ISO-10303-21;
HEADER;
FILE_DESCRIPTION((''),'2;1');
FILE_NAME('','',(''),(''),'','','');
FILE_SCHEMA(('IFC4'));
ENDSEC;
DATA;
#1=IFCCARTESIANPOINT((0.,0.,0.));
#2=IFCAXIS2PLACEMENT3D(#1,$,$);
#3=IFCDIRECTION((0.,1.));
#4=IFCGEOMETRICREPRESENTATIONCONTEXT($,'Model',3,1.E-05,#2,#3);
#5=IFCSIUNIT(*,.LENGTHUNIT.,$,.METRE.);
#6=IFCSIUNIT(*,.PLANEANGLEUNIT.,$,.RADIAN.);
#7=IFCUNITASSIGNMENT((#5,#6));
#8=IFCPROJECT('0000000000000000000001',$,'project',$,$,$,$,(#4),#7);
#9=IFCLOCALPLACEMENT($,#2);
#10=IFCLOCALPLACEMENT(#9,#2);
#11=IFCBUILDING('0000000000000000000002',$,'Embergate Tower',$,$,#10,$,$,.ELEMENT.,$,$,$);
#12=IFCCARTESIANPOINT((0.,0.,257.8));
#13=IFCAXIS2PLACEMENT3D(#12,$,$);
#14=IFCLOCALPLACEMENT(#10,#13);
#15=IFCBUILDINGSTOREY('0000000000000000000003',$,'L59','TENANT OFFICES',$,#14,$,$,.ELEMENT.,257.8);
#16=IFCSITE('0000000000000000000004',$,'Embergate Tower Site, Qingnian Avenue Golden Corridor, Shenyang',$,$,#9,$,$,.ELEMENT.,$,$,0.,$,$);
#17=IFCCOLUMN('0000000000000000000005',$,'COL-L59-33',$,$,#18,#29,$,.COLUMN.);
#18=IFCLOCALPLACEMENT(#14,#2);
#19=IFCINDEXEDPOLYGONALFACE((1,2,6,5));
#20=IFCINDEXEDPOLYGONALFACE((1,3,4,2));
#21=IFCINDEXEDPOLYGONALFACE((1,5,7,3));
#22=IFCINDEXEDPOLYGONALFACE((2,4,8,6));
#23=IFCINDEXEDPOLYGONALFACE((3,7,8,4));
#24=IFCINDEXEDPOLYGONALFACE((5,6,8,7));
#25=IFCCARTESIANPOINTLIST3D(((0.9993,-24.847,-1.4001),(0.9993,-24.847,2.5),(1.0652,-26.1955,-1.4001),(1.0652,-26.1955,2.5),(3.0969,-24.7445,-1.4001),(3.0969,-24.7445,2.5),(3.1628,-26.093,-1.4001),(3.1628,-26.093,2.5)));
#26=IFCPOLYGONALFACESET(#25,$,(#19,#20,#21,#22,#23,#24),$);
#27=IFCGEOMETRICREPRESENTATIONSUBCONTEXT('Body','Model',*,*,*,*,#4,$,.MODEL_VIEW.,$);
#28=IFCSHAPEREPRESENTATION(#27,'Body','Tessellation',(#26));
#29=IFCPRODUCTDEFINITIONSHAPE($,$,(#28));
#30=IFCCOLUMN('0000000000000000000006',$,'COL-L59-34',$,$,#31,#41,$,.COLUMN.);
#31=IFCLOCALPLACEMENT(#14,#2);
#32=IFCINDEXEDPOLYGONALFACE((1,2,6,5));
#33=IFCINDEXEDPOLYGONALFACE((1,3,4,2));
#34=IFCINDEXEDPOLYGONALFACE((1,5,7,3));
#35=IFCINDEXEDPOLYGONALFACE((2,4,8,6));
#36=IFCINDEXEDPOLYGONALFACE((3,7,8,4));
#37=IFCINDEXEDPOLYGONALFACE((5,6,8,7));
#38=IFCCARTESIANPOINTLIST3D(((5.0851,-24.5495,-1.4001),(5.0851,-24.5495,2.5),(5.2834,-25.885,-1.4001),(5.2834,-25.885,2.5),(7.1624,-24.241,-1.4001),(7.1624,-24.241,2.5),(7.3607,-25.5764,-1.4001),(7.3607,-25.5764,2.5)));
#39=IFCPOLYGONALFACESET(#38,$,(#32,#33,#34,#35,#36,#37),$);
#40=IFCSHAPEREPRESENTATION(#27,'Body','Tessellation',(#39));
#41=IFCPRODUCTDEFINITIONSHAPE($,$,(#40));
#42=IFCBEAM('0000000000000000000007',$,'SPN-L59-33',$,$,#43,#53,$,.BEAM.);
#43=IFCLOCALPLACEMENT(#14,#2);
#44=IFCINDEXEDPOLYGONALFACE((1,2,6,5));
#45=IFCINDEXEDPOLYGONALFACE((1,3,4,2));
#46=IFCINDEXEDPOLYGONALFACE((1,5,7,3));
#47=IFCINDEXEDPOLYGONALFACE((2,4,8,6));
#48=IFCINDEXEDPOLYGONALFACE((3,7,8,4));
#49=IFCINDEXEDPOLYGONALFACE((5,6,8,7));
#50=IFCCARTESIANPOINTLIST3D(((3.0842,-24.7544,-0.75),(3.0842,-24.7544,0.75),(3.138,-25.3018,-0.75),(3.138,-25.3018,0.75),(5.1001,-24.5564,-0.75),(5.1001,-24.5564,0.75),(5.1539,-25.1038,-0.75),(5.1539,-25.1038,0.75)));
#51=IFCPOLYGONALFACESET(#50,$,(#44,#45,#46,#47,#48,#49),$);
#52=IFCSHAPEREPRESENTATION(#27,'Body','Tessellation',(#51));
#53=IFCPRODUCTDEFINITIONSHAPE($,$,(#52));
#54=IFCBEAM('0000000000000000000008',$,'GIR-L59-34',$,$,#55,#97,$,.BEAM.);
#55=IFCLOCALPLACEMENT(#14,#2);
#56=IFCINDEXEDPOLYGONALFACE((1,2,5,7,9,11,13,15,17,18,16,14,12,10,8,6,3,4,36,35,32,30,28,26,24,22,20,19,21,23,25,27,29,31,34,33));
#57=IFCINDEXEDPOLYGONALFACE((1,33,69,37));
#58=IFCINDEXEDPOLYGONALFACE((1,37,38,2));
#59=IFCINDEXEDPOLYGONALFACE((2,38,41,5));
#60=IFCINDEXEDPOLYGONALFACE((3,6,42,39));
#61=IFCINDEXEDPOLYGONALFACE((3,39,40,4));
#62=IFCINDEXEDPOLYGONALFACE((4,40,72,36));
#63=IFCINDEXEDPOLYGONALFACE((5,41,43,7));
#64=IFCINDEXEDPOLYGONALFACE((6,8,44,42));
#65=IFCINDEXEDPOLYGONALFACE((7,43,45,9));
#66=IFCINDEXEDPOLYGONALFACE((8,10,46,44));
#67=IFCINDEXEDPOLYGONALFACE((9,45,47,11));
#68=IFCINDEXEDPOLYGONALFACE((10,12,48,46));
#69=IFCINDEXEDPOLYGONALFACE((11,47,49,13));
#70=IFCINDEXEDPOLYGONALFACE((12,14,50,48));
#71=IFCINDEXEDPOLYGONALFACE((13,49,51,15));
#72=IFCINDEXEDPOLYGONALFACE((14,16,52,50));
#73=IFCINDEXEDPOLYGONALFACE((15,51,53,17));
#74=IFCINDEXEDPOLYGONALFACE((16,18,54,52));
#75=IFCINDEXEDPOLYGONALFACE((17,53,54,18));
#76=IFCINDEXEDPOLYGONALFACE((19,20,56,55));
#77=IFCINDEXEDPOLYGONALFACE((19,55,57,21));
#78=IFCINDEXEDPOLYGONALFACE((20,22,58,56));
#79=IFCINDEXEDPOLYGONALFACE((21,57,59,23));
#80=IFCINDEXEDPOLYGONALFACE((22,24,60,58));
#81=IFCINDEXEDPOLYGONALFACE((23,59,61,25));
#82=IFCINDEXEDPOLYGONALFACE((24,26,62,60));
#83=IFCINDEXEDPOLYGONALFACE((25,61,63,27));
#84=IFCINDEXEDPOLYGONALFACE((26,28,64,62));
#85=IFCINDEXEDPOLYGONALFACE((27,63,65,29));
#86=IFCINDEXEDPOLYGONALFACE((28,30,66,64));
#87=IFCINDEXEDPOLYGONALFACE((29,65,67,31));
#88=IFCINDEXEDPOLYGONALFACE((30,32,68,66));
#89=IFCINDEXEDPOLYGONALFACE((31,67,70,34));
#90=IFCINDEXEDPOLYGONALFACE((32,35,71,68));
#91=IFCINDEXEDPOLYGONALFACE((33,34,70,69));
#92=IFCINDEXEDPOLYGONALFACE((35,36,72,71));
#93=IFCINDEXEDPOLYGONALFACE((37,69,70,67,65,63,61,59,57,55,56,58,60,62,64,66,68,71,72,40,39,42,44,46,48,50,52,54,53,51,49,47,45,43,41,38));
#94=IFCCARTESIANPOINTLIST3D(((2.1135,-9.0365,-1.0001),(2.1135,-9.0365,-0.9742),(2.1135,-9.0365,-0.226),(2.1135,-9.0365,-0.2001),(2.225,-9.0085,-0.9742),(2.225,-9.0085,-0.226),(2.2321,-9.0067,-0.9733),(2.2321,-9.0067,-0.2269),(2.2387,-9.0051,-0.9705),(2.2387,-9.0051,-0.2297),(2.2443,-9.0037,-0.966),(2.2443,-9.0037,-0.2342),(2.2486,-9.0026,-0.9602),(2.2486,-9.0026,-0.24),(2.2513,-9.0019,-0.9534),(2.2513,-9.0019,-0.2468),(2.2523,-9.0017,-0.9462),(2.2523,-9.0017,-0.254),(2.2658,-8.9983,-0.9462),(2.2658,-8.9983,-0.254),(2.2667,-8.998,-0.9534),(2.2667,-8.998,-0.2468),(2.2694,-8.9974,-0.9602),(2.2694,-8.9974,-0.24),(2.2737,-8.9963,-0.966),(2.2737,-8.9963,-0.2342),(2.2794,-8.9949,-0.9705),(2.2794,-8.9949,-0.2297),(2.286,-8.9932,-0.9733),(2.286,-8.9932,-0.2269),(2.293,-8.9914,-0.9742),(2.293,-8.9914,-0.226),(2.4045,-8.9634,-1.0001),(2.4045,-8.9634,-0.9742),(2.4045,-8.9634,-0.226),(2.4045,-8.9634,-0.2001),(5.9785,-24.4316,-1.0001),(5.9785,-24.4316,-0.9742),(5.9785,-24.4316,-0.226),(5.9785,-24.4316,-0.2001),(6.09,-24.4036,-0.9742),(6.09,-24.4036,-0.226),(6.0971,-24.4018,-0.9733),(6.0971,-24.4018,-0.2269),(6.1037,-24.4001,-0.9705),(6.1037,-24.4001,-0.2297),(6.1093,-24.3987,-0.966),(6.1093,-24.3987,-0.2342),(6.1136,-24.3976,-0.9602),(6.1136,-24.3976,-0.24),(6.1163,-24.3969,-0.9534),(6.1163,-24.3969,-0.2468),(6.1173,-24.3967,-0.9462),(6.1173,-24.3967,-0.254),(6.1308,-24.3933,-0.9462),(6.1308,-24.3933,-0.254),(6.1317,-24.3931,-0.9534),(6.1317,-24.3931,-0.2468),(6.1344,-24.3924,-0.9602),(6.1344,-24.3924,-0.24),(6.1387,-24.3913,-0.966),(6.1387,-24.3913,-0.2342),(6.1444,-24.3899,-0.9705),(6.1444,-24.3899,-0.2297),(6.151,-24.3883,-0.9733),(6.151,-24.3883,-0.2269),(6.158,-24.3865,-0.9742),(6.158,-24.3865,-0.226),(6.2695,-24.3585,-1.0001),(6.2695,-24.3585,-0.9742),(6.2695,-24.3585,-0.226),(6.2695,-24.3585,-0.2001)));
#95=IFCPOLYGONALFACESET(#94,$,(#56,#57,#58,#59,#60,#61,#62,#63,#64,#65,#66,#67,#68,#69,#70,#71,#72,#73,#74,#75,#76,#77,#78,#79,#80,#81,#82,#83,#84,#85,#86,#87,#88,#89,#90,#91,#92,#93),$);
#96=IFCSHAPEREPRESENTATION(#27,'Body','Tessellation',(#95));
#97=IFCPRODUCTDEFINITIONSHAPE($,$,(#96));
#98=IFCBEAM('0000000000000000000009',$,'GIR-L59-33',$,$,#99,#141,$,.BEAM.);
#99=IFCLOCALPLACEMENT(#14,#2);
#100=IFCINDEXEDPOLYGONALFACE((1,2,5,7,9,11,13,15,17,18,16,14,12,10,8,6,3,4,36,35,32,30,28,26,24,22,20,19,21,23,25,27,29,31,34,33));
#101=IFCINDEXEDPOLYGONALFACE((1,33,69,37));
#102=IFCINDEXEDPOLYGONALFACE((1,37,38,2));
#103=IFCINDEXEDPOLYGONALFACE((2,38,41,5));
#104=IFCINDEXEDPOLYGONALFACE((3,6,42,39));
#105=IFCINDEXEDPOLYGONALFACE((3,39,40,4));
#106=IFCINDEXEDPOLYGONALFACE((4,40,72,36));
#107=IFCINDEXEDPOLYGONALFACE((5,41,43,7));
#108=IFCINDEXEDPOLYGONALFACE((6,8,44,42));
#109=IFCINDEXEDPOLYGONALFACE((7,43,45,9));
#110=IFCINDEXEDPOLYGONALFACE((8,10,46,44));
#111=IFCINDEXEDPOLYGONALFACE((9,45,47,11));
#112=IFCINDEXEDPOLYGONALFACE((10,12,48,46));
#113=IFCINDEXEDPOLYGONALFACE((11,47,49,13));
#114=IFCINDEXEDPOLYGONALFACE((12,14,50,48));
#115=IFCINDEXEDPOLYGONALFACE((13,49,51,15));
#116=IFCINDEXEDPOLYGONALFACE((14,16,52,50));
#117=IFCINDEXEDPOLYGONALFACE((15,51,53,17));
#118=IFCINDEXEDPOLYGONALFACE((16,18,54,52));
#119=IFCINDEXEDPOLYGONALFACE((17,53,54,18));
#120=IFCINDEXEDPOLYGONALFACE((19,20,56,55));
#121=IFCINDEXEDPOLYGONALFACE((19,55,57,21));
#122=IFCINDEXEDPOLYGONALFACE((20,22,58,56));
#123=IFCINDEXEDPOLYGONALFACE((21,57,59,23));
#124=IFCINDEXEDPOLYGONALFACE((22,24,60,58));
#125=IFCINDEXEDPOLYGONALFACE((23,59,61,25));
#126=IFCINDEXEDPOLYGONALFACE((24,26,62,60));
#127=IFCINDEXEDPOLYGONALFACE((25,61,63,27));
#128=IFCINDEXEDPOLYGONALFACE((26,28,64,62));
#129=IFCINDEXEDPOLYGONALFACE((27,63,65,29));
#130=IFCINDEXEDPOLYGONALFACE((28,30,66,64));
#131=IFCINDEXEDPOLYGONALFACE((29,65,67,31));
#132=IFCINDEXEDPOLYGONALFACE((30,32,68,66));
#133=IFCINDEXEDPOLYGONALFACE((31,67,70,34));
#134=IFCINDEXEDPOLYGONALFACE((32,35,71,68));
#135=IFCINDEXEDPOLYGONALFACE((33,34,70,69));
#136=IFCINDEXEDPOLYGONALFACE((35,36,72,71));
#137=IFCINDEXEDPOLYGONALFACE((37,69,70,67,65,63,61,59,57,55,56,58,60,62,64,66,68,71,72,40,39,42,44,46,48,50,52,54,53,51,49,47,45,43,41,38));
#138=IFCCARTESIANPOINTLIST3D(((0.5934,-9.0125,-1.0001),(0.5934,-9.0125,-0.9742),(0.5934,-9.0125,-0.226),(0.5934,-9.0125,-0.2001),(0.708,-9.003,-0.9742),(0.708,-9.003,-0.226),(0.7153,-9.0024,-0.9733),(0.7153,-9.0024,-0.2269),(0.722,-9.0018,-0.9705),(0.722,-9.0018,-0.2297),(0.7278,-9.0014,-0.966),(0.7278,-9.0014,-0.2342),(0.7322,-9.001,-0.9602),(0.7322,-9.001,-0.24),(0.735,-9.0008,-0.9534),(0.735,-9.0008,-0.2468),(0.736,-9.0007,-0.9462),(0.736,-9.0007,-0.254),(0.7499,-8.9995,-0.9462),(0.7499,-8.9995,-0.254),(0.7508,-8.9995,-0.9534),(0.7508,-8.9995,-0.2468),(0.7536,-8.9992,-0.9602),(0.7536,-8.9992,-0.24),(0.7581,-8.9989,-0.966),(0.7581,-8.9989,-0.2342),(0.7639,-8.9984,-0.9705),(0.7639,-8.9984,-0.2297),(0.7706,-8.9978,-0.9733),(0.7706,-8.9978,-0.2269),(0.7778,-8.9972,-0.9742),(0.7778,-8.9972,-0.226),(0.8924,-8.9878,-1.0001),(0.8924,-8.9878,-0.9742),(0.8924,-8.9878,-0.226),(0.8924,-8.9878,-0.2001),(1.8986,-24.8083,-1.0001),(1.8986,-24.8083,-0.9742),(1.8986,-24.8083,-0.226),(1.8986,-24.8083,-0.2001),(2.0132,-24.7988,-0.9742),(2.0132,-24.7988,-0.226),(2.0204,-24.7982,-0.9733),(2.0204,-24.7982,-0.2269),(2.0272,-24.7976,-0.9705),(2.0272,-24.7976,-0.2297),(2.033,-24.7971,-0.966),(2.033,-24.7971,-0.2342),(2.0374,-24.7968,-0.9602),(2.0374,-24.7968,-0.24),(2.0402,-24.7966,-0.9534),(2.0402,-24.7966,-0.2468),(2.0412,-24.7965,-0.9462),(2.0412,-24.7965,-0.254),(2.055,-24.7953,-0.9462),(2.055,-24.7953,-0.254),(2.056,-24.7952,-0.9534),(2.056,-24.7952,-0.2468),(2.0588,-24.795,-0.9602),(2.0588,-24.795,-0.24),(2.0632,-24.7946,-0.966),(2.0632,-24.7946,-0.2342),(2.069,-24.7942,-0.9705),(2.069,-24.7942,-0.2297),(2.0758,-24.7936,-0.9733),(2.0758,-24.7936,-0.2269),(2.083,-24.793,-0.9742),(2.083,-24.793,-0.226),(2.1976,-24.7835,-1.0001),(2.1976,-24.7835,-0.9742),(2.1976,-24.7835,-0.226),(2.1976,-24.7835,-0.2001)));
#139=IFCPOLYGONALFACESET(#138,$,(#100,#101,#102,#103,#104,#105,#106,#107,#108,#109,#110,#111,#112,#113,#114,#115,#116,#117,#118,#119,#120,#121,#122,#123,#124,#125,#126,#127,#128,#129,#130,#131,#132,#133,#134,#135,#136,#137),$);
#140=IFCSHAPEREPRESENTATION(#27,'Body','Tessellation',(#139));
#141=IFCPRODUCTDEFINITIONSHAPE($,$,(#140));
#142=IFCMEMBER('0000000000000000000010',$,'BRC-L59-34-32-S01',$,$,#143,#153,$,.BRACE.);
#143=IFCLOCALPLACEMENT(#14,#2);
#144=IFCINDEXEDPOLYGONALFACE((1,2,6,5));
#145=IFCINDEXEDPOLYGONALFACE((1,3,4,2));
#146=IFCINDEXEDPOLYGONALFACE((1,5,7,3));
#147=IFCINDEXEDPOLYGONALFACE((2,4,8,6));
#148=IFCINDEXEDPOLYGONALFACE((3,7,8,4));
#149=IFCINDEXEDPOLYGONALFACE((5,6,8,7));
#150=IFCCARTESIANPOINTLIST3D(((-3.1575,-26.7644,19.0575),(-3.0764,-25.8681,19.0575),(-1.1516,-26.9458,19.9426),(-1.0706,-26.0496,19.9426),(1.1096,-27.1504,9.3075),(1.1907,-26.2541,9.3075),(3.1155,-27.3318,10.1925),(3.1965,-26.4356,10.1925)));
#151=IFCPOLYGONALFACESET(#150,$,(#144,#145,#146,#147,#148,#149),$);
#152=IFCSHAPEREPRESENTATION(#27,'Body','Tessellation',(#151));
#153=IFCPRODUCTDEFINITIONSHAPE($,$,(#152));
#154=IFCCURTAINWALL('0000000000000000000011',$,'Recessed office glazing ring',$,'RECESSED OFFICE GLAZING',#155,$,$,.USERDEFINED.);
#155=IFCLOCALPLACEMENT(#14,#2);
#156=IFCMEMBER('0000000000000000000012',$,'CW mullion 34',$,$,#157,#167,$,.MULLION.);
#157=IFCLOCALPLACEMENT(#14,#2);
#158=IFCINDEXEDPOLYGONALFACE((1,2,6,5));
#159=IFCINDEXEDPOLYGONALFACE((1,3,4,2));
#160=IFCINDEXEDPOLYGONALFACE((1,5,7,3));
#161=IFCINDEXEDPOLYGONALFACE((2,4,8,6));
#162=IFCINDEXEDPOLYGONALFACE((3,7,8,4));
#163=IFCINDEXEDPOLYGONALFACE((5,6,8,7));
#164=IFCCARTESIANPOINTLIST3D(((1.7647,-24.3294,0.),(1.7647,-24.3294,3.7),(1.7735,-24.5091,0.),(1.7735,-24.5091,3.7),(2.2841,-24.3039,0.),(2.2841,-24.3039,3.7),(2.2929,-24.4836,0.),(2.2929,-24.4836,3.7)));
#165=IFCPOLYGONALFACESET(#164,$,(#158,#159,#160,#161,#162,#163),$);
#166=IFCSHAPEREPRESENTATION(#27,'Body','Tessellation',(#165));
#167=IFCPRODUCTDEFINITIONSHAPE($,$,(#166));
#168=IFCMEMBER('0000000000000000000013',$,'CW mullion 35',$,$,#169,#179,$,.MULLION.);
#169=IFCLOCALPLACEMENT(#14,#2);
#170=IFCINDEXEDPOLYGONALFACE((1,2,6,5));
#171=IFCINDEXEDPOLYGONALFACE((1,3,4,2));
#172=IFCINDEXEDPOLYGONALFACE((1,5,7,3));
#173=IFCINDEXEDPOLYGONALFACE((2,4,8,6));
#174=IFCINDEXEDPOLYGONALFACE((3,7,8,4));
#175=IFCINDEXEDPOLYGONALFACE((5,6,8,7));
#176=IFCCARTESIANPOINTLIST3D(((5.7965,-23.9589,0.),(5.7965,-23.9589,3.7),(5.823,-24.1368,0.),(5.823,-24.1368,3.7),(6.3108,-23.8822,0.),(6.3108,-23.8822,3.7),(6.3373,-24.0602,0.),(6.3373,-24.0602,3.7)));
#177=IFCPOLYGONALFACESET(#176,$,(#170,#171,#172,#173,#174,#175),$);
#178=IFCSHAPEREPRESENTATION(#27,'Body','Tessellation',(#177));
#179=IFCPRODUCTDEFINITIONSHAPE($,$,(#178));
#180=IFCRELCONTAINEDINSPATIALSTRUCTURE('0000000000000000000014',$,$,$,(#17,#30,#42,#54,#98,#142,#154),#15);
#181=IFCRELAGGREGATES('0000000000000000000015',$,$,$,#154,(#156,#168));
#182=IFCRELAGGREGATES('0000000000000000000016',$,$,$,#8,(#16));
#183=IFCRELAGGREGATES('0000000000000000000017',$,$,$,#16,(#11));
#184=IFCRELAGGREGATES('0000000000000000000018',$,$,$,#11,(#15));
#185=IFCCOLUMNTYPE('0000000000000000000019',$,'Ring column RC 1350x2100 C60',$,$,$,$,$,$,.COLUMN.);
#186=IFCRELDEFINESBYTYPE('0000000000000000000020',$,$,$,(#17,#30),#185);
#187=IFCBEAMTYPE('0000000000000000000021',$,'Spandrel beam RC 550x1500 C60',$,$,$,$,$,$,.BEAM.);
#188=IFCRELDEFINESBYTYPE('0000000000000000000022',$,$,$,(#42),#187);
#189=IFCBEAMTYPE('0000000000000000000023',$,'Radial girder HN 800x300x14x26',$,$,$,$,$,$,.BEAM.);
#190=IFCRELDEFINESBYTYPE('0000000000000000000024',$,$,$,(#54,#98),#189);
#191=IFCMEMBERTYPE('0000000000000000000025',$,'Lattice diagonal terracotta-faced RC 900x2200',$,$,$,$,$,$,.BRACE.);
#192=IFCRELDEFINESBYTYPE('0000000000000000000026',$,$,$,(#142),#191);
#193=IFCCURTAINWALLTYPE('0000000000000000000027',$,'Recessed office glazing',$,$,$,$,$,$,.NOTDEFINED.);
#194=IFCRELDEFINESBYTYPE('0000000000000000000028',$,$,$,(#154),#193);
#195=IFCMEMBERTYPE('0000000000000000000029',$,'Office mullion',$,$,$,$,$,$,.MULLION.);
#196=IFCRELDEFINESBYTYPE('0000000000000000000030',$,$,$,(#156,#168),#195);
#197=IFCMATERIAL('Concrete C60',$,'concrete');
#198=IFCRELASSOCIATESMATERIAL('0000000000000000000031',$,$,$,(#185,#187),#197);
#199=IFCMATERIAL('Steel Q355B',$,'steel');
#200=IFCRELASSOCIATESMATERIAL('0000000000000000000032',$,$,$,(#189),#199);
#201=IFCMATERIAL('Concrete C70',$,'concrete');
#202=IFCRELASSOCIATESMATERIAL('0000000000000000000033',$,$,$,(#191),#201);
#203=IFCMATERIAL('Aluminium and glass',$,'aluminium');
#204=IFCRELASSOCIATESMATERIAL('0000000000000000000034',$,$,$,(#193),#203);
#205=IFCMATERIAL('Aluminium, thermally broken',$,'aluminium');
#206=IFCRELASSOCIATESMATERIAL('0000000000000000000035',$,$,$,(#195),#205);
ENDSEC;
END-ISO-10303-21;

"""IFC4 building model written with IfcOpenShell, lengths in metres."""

from ifc_helpers import new_model, si_unit, direction, frame, origin, origin_2d, place, context, subcontext, project, spatial, rectangle, i_section, extrude, source, transform, mapped, material, material_profile, profile_set, type_object, element, aggregate, save


model = new_model("IFC4")

# Units and contexts
model_context = context("Model", 3, precision=1e-05, world=origin(), true_north=direction((0.0, 1.0)))
body_context = subcontext(model_context, "Body", "Model", "MODEL_VIEW")
ifc_project = project(units=[si_unit("LENGTHUNIT", "METRE"), si_unit("PLANEANGLEUNIT", "RADIAN")], contexts=[model_context])

# Site, building, storey
site_placement = place(None, origin())
site = spatial("IfcSite", under=ifc_project, at=site_placement, Name="Embergate Tower Site, Qingnian Avenue Golden Corridor, Shenyang", CompositionType="ELEMENT", RefElevation=0.0)
building_placement = place(site_placement, origin())
building = spatial("IfcBuilding", under=site, at=building_placement, Name="Embergate Tower", CompositionType="ELEMENT")
storey_placement = place(building_placement, frame((0.0, 0.0, 257.8)))
storey = spatial("IfcBuildingStorey", under=building, at=storey_placement, Name="L59", Description="TENANT OFFICES", CompositionType="ELEMENT", Elevation=257.8)

# Columns
ifc_material_1 = material(Name="Concrete C60", Category="concrete")
ifc_material_profile_1 = material_profile(ifc_material_1, rectangle(XDim=1.3501, YDim=2.1001, at=origin_2d()), Name="RC 1350x2100")
ifc_profile_set_1 = profile_set([ifc_material_profile_1], Name="Concrete C60")
column_type = type_object("IfcColumnType", Name="Ring column RC 1350x2100 C60", PredefinedType="COLUMN", material=ifc_profile_set_1)
shared_shape_1 = source(origin(), body_context, "Body", "SweptSolid", [
    extrude(rectangle(XDim=1.3501, YDim=2.1001, at=origin_2d()), origin(), (0.0, 0.0, 1.0), 3.9001),
])
for number, where, z_axis, x_axis, name in (
    (1, (2.0811, -25.47, -1.4001), (0.0, 0.0, 1.0), (0.048815, -0.998808, 0.0), "COL-L59-33"),
    (2, (6.2229, -25.063, -1.4001), (0.0, 0.0, 1.0), (0.146929, -0.989147, 0.0), "COL-L59-34"),
):
    element("IfcColumn", number, at=place(storey_placement, frame(where, z_axis=z_axis, x_axis=x_axis)), inside=storey, type_object=column_type, Name=name, PredefinedType="COLUMN", context=body_context, shape_type="MappedRepresentation", body=[
        mapped(shared_shape_1, transform((0.0, 0.0, 0.0))),
    ])

# Beams
ifc_material_profile_2 = material_profile(ifc_material_1, rectangle(XDim=0.55, YDim=1.5, at=origin_2d()), Name="RC 550x1500")
ifc_profile_set_2 = profile_set([ifc_material_profile_2], Name="Concrete C60")
beam_type_1 = type_object("IfcBeamType", Name="Spandrel beam RC 550x1500 C60", PredefinedType="BEAM", material=ifc_profile_set_2)
shared_shape_2 = source(origin(), body_context, "Body", "SweptSolid", [
    extrude(rectangle(XDim=0.55, YDim=1.5, at=origin_2d()), origin(), (0.0, 0.0, 1.0), 2.0256),
])
beam_1_placement = place(storey_placement, frame((3.1111, -25.0281, 0.0), z_axis=(0.995211, 0.097749, 0.0), x_axis=(-0.097749, 0.995211, 0.0)))
element("IfcBeam", 3, at=beam_1_placement, inside=storey, type_object=beam_type_1, Name="SPN-L59-33", PredefinedType="BEAM", context=body_context, shape_type="MappedRepresentation", body=[
    mapped(shared_shape_2, transform((0.0, 0.0, 0.0))),
])
ifc_material_2 = material(Name="Steel Q355B", Category="steel")
ifc_material_profile_3 = material_profile(ifc_material_2, i_section(OverallWidth=0.3, OverallDepth=0.8, WebThickness=0.0139, FlangeThickness=0.0259, FilletRadius=0.0281, at=origin_2d()), Name="HN 800x300x14x26")
ifc_profile_set_3 = profile_set([ifc_material_profile_3], Name="Steel Q355 grade B")
beam_type_2 = type_object("IfcBeamType", Name="Radial girder HN 800x300x14x26", PredefinedType="BEAM", material=ifc_profile_set_3)
shared_shape_3 = source(origin(), body_context, "Body", "SweptSolid", [
    extrude(i_section(OverallWidth=0.3, OverallDepth=0.8, WebThickness=0.0139, FlangeThickness=0.0259, FilletRadius=0.0281, at=origin_2d()), origin(), (0.0, 0.0, 1.0), 15.8728),
])
beam_2_placement = place(storey_placement, frame((6.124, -24.395, -0.6001), z_axis=(-0.243498, 0.969901, 0.0), x_axis=(-0.969901, -0.243498, 0.0)))
element("IfcBeam", 4, at=beam_2_placement, inside=storey, type_object=beam_type_2, Name="GIR-L59-34", PredefinedType="BEAM", context=body_context, shape_type="MappedRepresentation", body=[
    mapped(shared_shape_3, transform((0.0, 0.0, 0.0))),
])
shared_shape_4 = source(origin(), body_context, "Body", "SweptSolid", [
    extrude(i_section(OverallWidth=0.3, OverallDepth=0.8, WebThickness=0.0139, FlangeThickness=0.0259, FilletRadius=0.0281, at=origin_2d()), origin(), (0.0, 0.0, 1.0), 15.8496),
])
beam_3_placement = place(storey_placement, frame((2.0481, -24.7959, -0.6001), z_axis=(-0.082347, 0.996604, 0.0), x_axis=(-0.996604, -0.082347, 0.0)))
element("IfcBeam", 5, at=beam_3_placement, inside=storey, type_object=beam_type_2, Name="GIR-L59-33", PredefinedType="BEAM", context=body_context, shape_type="MappedRepresentation", body=[
    mapped(shared_shape_4, transform((0.0, 0.0, 0.0))),
])

# Member
ifc_material_3 = material(Name="Concrete C70", Category="concrete")
ifc_material_profile_4 = material_profile(ifc_material_3, rectangle(XDim=0.8999, YDim=2.2, at=origin_2d()), Name="RC 900x2200")
ifc_profile_set_4 = profile_set([ifc_material_profile_4], Name="Concrete C70")
member_type_1 = type_object("IfcMemberType", Name="Lattice diagonal terracotta-faced RC 900x2200", PredefinedType="BRACE", material=ifc_profile_set_4)
shared_shape_5 = source(origin(), body_context, "Body", "SweptSolid", [
    extrude(rectangle(XDim=0.8999, YDim=2.2, at=origin_2d()), origin(), (0.0, 0.0, 1.0), 10.6499),
])
member_1_placement = place(storey_placement, frame((2.1531, -26.793, 9.75), z_axis=(-0.400671, 0.036243, 0.915505), x_axis=(-0.090089, -0.995934, 0.0)))
element("IfcMember", 6, at=member_1_placement, inside=storey, type_object=member_type_1, Name="BRC-L59-34-32-S01", PredefinedType="BRACE", context=body_context, shape_type="MappedRepresentation", body=[
    mapped(shared_shape_5, transform((0.0, 0.0, 0.0))),
])

# Curtain wall, members
ifc_material_4 = material(Name="Aluminium and glass", Category="aluminium")
curtain_wall_type = type_object("IfcCurtainWallType", Name="Recessed office glazing", PredefinedType="NOTDEFINED", material=ifc_material_4)
curtain_wall_placement = place(storey_placement, origin())
curtain_wall = element("IfcCurtainWall", 7, at=curtain_wall_placement, inside=storey, type_object=curtain_wall_type, Name="Recessed office glazing ring", ObjectType="RECESSED OFFICE GLAZING", PredefinedType="USERDEFINED")
ifc_material_5 = material(Name="Aluminium, thermally broken", Category="aluminium")
ifc_material_profile_5 = material_profile(ifc_material_5, rectangle(XDim=0.1799, YDim=0.52, at=origin_2d()), Name="AL 520x180")
ifc_profile_set_5 = profile_set([ifc_material_profile_5], Name="Aluminium, thermally broken")
member_type_2 = type_object("IfcMemberType", Name="Office mullion", PredefinedType="MULLION", material=ifc_profile_set_5)
shared_shape_6 = source(origin(), body_context, "Body", "SweptSolid", [
    extrude(rectangle(XDim=0.1799, YDim=0.52, at=origin_2d()), origin(), (0.0, 0.0, 1.0), 3.7),
])
member_2_placement = place(storey_placement, frame((2.0288, -24.4065, 0.0), z_axis=(0.0, 0.0, 1.0), x_axis=(-0.04897, 0.9988, 0.0)))
member_2 = element("IfcMember", 8, at=member_2_placement, type_object=member_type_2, Name="CW mullion 34", PredefinedType="MULLION", context=body_context, shape_type="MappedRepresentation", body=[
    mapped(shared_shape_6, transform((0.0, 0.0, 0.0))),
])
member_3_placement = place(storey_placement, frame((6.0669, -24.0095, 0.0), z_axis=(0.0, 0.0, 1.0), x_axis=(-0.147411, 0.989075, 0.0)))
member_3 = element("IfcMember", 9, at=member_3_placement, type_object=member_type_2, Name="CW mullion 35", PredefinedType="MULLION", context=body_context, shape_type="MappedRepresentation", body=[
    mapped(shared_shape_6, transform((0.0, 0.0, 0.0))),
])
aggregate(curtain_wall, [member_2, member_3])

save(model, "model.ifc")
